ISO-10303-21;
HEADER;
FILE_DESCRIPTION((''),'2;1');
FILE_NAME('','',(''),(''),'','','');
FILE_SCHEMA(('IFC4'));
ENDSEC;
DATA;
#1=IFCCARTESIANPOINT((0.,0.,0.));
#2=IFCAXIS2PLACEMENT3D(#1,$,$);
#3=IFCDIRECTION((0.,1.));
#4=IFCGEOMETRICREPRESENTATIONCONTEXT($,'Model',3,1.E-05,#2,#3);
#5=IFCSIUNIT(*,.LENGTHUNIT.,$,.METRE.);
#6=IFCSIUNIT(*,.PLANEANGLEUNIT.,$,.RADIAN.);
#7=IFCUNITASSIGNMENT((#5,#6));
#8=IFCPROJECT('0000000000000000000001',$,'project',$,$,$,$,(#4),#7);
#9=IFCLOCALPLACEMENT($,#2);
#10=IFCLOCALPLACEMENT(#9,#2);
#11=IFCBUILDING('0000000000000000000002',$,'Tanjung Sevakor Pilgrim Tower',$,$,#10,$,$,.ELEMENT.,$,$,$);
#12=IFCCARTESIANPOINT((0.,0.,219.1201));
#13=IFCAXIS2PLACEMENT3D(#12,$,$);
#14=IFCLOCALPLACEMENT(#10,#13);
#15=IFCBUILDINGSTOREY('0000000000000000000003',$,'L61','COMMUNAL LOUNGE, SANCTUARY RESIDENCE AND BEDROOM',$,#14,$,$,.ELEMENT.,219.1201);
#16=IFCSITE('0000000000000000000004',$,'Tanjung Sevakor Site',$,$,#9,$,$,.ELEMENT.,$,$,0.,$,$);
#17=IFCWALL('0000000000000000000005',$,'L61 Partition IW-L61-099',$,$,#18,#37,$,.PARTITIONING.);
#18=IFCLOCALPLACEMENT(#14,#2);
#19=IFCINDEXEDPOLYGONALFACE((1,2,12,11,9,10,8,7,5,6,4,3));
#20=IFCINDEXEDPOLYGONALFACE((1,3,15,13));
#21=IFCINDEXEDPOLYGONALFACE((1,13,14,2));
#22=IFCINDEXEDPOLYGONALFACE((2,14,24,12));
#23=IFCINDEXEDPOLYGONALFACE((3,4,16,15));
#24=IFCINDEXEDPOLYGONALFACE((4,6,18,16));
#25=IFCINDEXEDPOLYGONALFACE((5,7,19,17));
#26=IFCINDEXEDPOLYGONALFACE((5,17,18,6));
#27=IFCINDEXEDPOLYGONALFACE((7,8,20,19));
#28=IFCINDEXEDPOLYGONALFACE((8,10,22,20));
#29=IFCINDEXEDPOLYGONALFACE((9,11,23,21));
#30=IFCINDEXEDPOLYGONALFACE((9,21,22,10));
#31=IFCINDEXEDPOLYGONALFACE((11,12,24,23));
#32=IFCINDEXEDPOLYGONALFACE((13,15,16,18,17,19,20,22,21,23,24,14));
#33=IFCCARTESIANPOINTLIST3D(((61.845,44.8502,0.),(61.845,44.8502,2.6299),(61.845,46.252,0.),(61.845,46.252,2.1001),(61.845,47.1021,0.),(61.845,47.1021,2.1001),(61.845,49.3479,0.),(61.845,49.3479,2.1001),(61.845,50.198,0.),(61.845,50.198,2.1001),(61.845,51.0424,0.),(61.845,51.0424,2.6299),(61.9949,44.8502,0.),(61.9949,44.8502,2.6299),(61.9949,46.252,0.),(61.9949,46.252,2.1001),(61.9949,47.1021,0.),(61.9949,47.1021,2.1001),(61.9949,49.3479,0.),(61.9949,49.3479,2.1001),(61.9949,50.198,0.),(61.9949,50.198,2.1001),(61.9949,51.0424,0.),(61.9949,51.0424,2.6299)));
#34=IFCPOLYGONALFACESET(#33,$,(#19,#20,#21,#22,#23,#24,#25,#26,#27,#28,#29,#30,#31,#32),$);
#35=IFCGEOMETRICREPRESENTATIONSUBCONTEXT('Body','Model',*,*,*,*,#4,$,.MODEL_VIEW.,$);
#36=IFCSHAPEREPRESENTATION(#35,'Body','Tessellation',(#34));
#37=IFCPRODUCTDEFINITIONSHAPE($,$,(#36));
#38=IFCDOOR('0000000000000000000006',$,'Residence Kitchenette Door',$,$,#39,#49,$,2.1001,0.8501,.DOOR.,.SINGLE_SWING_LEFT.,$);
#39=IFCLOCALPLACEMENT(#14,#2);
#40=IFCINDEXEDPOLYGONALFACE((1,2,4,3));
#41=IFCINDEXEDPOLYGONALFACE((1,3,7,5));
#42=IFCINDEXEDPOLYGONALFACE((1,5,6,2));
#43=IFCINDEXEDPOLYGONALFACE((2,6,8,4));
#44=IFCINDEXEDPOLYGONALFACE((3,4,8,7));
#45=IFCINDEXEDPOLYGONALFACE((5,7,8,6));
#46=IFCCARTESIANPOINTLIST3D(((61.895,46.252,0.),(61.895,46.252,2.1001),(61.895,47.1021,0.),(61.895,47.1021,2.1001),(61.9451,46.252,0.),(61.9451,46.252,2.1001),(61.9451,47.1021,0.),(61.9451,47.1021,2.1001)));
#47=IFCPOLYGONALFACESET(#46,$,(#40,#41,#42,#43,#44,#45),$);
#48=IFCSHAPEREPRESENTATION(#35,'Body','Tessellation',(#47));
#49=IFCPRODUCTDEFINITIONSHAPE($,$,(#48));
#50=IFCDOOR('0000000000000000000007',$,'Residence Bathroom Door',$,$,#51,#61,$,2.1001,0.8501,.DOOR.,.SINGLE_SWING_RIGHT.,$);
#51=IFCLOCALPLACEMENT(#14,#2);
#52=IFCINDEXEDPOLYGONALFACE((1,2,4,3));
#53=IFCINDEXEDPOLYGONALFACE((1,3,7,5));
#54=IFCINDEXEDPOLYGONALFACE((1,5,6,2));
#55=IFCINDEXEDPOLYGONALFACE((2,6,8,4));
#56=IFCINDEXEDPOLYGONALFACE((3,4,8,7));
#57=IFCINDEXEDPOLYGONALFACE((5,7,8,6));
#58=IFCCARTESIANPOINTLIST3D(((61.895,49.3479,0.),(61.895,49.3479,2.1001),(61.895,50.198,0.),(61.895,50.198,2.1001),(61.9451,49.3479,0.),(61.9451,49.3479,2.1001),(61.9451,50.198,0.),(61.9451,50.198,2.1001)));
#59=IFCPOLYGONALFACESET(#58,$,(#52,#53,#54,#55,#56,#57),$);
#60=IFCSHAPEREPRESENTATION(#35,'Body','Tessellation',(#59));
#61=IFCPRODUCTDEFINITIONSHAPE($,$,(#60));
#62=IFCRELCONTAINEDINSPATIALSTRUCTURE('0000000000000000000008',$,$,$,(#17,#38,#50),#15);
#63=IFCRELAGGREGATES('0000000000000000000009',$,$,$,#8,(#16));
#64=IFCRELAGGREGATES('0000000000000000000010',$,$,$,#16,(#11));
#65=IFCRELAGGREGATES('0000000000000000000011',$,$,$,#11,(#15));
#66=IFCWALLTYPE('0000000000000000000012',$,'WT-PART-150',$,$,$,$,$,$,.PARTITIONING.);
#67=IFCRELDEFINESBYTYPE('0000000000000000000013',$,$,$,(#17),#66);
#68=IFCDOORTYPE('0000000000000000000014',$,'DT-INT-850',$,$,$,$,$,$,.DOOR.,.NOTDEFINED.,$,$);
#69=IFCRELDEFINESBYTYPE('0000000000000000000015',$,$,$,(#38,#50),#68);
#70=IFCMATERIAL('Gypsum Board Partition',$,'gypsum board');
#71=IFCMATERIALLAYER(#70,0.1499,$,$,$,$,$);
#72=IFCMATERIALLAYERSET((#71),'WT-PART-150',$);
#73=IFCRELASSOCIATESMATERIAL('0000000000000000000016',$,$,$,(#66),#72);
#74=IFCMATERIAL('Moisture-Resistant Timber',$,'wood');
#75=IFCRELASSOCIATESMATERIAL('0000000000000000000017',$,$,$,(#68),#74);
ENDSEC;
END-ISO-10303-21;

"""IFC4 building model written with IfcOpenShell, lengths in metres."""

from ifc_helpers import new_model, si_unit, direction, frame, frame_2d, origin, place, context, subcontext, project, spatial, rectangle, extrude, material, layer, layer_set, type_object, element, fill, save


model = new_model("IFC4")

# Units and contexts
model_context = context("Model", 3, precision=1e-05, world=origin(), true_north=direction((0.0, 1.0)))
body_context = subcontext(model_context, "Body", "Model", "MODEL_VIEW")
ifc_project = project(units=[si_unit("LENGTHUNIT", "METRE"), si_unit("PLANEANGLEUNIT", "RADIAN")], contexts=[model_context])

# Site, building, storey
site_placement = place(None, origin())
site = spatial("IfcSite", under=ifc_project, at=site_placement, Name="Tanjung Sevakor Site", CompositionType="ELEMENT", RefElevation=0.0)
building_placement = place(site_placement, origin())
building = spatial("IfcBuilding", under=site, at=building_placement, Name="Tanjung Sevakor Pilgrim Tower", CompositionType="ELEMENT")
storey_placement = place(building_placement, frame((0.0, 0.0, 219.1201)))
storey = spatial("IfcBuildingStorey", under=building, at=storey_placement, Name="L61", Description="COMMUNAL LOUNGE, SANCTUARY RESIDENCE AND BEDROOM", CompositionType="ELEMENT", Elevation=219.1201)

# Wall, openings, doors
ifc_material_1 = material(Name="Gypsum Board Partition", Category="gypsum board")
ifc_layer_1 = layer(ifc_material_1, 0.1499)
ifc_layer_set_1 = layer_set([ifc_layer_1], Name="WT-PART-150")
wall_type_1 = type_object("IfcWallType", Name="WT-PART-150", PredefinedType="PARTITIONING", material=ifc_layer_set_1)
ifc_material_2 = material(Name="Moisture-Resistant Timber", Category="wood")
door_type_1 = type_object("IfcDoorType", Name="DT-INT-850", OperationType="NOTDEFINED", PredefinedType="DOOR", material=ifc_material_2)
wall_1_placement = place(storey_placement, frame((61.9199, 44.8501, 0.0), z_axis=(0.0, 0.0, 1.0), x_axis=(0.0, 1.0, 0.0)))
wall_1 = element("IfcWall", 1, at=wall_1_placement, inside=storey, type_object=wall_type_1, Name="L61 Partition IW-L61-099", PredefinedType="PARTITIONING", context=body_context, shape_type="SweptSolid", body=[
    extrude(rectangle(XDim=6.1921, YDim=0.1499, at=frame_2d((3.0962, 0.0))), origin(), (0.0, 0.0, 1.0), 2.6299),
])
opening_1_placement = place(wall_1_placement, frame((1.4019, 0.0, 0.0)))
opening_1 = element("IfcOpeningElement", 2, at=opening_1_placement, cuts=wall_1, PredefinedType="OPENING", context=body_context, shape_type="SweptSolid", body=[
    extrude(rectangle(XDim=0.8501, YDim=2.1001, at=frame_2d((0.425, 1.05))), frame((0.0, 0.085, 0.0), z_axis=(0.0, -1.0, 0.0), x_axis=(1.0, 0.0, 0.0)), (0.0, 0.0, 1.0), 0.1699),
])
opening_2_placement = place(wall_1_placement, frame((4.4978, 0.0, 0.0)))
opening_2 = element("IfcOpeningElement", 3, at=opening_2_placement, cuts=wall_1, PredefinedType="OPENING", context=body_context, shape_type="SweptSolid", body=[
    extrude(rectangle(XDim=0.8501, YDim=2.1001, at=frame_2d((0.425, 1.05))), frame((0.0, 0.085, 0.0), z_axis=(0.0, -1.0, 0.0), x_axis=(1.0, 0.0, 0.0)), (0.0, 0.0, 1.0), 0.1699),
])
door_1_placement = place(opening_1_placement, origin())
door_1 = element("IfcDoor", 4, at=door_1_placement, inside=storey, type_object=door_type_1, Name="Residence Kitchenette Door", OperationType="SINGLE_SWING_LEFT", OverallHeight=2.1001, OverallWidth=0.8501, PredefinedType="DOOR", context=body_context, shape_type="SweptSolid", body=[
    extrude(rectangle(XDim=0.8501, YDim=2.1001, at=frame_2d((0.425, 1.05))), frame((0.0, 0.0249, 0.0), z_axis=(0.0, -1.0, 0.0), x_axis=(1.0, 0.0, 0.0)), (0.0, 0.0, 1.0), 0.05),
])
fill(opening_1, door_1)
door_2_placement = place(opening_2_placement, origin())
door_2 = element("IfcDoor", 5, at=door_2_placement, inside=storey, type_object=door_type_1, Name="Residence Bathroom Door", OperationType="SINGLE_SWING_RIGHT", OverallHeight=2.1001, OverallWidth=0.8501, PredefinedType="DOOR", context=body_context, shape_type="SweptSolid", body=[
    extrude(rectangle(XDim=0.8501, YDim=2.1001, at=frame_2d((0.425, 1.05))), frame((0.0, 0.0249, 0.0), z_axis=(0.0, -1.0, 0.0), x_axis=(1.0, 0.0, 0.0)), (0.0, 0.0, 1.0), 0.05),
])
fill(opening_2, door_2)

save(model, "model.ifc")
